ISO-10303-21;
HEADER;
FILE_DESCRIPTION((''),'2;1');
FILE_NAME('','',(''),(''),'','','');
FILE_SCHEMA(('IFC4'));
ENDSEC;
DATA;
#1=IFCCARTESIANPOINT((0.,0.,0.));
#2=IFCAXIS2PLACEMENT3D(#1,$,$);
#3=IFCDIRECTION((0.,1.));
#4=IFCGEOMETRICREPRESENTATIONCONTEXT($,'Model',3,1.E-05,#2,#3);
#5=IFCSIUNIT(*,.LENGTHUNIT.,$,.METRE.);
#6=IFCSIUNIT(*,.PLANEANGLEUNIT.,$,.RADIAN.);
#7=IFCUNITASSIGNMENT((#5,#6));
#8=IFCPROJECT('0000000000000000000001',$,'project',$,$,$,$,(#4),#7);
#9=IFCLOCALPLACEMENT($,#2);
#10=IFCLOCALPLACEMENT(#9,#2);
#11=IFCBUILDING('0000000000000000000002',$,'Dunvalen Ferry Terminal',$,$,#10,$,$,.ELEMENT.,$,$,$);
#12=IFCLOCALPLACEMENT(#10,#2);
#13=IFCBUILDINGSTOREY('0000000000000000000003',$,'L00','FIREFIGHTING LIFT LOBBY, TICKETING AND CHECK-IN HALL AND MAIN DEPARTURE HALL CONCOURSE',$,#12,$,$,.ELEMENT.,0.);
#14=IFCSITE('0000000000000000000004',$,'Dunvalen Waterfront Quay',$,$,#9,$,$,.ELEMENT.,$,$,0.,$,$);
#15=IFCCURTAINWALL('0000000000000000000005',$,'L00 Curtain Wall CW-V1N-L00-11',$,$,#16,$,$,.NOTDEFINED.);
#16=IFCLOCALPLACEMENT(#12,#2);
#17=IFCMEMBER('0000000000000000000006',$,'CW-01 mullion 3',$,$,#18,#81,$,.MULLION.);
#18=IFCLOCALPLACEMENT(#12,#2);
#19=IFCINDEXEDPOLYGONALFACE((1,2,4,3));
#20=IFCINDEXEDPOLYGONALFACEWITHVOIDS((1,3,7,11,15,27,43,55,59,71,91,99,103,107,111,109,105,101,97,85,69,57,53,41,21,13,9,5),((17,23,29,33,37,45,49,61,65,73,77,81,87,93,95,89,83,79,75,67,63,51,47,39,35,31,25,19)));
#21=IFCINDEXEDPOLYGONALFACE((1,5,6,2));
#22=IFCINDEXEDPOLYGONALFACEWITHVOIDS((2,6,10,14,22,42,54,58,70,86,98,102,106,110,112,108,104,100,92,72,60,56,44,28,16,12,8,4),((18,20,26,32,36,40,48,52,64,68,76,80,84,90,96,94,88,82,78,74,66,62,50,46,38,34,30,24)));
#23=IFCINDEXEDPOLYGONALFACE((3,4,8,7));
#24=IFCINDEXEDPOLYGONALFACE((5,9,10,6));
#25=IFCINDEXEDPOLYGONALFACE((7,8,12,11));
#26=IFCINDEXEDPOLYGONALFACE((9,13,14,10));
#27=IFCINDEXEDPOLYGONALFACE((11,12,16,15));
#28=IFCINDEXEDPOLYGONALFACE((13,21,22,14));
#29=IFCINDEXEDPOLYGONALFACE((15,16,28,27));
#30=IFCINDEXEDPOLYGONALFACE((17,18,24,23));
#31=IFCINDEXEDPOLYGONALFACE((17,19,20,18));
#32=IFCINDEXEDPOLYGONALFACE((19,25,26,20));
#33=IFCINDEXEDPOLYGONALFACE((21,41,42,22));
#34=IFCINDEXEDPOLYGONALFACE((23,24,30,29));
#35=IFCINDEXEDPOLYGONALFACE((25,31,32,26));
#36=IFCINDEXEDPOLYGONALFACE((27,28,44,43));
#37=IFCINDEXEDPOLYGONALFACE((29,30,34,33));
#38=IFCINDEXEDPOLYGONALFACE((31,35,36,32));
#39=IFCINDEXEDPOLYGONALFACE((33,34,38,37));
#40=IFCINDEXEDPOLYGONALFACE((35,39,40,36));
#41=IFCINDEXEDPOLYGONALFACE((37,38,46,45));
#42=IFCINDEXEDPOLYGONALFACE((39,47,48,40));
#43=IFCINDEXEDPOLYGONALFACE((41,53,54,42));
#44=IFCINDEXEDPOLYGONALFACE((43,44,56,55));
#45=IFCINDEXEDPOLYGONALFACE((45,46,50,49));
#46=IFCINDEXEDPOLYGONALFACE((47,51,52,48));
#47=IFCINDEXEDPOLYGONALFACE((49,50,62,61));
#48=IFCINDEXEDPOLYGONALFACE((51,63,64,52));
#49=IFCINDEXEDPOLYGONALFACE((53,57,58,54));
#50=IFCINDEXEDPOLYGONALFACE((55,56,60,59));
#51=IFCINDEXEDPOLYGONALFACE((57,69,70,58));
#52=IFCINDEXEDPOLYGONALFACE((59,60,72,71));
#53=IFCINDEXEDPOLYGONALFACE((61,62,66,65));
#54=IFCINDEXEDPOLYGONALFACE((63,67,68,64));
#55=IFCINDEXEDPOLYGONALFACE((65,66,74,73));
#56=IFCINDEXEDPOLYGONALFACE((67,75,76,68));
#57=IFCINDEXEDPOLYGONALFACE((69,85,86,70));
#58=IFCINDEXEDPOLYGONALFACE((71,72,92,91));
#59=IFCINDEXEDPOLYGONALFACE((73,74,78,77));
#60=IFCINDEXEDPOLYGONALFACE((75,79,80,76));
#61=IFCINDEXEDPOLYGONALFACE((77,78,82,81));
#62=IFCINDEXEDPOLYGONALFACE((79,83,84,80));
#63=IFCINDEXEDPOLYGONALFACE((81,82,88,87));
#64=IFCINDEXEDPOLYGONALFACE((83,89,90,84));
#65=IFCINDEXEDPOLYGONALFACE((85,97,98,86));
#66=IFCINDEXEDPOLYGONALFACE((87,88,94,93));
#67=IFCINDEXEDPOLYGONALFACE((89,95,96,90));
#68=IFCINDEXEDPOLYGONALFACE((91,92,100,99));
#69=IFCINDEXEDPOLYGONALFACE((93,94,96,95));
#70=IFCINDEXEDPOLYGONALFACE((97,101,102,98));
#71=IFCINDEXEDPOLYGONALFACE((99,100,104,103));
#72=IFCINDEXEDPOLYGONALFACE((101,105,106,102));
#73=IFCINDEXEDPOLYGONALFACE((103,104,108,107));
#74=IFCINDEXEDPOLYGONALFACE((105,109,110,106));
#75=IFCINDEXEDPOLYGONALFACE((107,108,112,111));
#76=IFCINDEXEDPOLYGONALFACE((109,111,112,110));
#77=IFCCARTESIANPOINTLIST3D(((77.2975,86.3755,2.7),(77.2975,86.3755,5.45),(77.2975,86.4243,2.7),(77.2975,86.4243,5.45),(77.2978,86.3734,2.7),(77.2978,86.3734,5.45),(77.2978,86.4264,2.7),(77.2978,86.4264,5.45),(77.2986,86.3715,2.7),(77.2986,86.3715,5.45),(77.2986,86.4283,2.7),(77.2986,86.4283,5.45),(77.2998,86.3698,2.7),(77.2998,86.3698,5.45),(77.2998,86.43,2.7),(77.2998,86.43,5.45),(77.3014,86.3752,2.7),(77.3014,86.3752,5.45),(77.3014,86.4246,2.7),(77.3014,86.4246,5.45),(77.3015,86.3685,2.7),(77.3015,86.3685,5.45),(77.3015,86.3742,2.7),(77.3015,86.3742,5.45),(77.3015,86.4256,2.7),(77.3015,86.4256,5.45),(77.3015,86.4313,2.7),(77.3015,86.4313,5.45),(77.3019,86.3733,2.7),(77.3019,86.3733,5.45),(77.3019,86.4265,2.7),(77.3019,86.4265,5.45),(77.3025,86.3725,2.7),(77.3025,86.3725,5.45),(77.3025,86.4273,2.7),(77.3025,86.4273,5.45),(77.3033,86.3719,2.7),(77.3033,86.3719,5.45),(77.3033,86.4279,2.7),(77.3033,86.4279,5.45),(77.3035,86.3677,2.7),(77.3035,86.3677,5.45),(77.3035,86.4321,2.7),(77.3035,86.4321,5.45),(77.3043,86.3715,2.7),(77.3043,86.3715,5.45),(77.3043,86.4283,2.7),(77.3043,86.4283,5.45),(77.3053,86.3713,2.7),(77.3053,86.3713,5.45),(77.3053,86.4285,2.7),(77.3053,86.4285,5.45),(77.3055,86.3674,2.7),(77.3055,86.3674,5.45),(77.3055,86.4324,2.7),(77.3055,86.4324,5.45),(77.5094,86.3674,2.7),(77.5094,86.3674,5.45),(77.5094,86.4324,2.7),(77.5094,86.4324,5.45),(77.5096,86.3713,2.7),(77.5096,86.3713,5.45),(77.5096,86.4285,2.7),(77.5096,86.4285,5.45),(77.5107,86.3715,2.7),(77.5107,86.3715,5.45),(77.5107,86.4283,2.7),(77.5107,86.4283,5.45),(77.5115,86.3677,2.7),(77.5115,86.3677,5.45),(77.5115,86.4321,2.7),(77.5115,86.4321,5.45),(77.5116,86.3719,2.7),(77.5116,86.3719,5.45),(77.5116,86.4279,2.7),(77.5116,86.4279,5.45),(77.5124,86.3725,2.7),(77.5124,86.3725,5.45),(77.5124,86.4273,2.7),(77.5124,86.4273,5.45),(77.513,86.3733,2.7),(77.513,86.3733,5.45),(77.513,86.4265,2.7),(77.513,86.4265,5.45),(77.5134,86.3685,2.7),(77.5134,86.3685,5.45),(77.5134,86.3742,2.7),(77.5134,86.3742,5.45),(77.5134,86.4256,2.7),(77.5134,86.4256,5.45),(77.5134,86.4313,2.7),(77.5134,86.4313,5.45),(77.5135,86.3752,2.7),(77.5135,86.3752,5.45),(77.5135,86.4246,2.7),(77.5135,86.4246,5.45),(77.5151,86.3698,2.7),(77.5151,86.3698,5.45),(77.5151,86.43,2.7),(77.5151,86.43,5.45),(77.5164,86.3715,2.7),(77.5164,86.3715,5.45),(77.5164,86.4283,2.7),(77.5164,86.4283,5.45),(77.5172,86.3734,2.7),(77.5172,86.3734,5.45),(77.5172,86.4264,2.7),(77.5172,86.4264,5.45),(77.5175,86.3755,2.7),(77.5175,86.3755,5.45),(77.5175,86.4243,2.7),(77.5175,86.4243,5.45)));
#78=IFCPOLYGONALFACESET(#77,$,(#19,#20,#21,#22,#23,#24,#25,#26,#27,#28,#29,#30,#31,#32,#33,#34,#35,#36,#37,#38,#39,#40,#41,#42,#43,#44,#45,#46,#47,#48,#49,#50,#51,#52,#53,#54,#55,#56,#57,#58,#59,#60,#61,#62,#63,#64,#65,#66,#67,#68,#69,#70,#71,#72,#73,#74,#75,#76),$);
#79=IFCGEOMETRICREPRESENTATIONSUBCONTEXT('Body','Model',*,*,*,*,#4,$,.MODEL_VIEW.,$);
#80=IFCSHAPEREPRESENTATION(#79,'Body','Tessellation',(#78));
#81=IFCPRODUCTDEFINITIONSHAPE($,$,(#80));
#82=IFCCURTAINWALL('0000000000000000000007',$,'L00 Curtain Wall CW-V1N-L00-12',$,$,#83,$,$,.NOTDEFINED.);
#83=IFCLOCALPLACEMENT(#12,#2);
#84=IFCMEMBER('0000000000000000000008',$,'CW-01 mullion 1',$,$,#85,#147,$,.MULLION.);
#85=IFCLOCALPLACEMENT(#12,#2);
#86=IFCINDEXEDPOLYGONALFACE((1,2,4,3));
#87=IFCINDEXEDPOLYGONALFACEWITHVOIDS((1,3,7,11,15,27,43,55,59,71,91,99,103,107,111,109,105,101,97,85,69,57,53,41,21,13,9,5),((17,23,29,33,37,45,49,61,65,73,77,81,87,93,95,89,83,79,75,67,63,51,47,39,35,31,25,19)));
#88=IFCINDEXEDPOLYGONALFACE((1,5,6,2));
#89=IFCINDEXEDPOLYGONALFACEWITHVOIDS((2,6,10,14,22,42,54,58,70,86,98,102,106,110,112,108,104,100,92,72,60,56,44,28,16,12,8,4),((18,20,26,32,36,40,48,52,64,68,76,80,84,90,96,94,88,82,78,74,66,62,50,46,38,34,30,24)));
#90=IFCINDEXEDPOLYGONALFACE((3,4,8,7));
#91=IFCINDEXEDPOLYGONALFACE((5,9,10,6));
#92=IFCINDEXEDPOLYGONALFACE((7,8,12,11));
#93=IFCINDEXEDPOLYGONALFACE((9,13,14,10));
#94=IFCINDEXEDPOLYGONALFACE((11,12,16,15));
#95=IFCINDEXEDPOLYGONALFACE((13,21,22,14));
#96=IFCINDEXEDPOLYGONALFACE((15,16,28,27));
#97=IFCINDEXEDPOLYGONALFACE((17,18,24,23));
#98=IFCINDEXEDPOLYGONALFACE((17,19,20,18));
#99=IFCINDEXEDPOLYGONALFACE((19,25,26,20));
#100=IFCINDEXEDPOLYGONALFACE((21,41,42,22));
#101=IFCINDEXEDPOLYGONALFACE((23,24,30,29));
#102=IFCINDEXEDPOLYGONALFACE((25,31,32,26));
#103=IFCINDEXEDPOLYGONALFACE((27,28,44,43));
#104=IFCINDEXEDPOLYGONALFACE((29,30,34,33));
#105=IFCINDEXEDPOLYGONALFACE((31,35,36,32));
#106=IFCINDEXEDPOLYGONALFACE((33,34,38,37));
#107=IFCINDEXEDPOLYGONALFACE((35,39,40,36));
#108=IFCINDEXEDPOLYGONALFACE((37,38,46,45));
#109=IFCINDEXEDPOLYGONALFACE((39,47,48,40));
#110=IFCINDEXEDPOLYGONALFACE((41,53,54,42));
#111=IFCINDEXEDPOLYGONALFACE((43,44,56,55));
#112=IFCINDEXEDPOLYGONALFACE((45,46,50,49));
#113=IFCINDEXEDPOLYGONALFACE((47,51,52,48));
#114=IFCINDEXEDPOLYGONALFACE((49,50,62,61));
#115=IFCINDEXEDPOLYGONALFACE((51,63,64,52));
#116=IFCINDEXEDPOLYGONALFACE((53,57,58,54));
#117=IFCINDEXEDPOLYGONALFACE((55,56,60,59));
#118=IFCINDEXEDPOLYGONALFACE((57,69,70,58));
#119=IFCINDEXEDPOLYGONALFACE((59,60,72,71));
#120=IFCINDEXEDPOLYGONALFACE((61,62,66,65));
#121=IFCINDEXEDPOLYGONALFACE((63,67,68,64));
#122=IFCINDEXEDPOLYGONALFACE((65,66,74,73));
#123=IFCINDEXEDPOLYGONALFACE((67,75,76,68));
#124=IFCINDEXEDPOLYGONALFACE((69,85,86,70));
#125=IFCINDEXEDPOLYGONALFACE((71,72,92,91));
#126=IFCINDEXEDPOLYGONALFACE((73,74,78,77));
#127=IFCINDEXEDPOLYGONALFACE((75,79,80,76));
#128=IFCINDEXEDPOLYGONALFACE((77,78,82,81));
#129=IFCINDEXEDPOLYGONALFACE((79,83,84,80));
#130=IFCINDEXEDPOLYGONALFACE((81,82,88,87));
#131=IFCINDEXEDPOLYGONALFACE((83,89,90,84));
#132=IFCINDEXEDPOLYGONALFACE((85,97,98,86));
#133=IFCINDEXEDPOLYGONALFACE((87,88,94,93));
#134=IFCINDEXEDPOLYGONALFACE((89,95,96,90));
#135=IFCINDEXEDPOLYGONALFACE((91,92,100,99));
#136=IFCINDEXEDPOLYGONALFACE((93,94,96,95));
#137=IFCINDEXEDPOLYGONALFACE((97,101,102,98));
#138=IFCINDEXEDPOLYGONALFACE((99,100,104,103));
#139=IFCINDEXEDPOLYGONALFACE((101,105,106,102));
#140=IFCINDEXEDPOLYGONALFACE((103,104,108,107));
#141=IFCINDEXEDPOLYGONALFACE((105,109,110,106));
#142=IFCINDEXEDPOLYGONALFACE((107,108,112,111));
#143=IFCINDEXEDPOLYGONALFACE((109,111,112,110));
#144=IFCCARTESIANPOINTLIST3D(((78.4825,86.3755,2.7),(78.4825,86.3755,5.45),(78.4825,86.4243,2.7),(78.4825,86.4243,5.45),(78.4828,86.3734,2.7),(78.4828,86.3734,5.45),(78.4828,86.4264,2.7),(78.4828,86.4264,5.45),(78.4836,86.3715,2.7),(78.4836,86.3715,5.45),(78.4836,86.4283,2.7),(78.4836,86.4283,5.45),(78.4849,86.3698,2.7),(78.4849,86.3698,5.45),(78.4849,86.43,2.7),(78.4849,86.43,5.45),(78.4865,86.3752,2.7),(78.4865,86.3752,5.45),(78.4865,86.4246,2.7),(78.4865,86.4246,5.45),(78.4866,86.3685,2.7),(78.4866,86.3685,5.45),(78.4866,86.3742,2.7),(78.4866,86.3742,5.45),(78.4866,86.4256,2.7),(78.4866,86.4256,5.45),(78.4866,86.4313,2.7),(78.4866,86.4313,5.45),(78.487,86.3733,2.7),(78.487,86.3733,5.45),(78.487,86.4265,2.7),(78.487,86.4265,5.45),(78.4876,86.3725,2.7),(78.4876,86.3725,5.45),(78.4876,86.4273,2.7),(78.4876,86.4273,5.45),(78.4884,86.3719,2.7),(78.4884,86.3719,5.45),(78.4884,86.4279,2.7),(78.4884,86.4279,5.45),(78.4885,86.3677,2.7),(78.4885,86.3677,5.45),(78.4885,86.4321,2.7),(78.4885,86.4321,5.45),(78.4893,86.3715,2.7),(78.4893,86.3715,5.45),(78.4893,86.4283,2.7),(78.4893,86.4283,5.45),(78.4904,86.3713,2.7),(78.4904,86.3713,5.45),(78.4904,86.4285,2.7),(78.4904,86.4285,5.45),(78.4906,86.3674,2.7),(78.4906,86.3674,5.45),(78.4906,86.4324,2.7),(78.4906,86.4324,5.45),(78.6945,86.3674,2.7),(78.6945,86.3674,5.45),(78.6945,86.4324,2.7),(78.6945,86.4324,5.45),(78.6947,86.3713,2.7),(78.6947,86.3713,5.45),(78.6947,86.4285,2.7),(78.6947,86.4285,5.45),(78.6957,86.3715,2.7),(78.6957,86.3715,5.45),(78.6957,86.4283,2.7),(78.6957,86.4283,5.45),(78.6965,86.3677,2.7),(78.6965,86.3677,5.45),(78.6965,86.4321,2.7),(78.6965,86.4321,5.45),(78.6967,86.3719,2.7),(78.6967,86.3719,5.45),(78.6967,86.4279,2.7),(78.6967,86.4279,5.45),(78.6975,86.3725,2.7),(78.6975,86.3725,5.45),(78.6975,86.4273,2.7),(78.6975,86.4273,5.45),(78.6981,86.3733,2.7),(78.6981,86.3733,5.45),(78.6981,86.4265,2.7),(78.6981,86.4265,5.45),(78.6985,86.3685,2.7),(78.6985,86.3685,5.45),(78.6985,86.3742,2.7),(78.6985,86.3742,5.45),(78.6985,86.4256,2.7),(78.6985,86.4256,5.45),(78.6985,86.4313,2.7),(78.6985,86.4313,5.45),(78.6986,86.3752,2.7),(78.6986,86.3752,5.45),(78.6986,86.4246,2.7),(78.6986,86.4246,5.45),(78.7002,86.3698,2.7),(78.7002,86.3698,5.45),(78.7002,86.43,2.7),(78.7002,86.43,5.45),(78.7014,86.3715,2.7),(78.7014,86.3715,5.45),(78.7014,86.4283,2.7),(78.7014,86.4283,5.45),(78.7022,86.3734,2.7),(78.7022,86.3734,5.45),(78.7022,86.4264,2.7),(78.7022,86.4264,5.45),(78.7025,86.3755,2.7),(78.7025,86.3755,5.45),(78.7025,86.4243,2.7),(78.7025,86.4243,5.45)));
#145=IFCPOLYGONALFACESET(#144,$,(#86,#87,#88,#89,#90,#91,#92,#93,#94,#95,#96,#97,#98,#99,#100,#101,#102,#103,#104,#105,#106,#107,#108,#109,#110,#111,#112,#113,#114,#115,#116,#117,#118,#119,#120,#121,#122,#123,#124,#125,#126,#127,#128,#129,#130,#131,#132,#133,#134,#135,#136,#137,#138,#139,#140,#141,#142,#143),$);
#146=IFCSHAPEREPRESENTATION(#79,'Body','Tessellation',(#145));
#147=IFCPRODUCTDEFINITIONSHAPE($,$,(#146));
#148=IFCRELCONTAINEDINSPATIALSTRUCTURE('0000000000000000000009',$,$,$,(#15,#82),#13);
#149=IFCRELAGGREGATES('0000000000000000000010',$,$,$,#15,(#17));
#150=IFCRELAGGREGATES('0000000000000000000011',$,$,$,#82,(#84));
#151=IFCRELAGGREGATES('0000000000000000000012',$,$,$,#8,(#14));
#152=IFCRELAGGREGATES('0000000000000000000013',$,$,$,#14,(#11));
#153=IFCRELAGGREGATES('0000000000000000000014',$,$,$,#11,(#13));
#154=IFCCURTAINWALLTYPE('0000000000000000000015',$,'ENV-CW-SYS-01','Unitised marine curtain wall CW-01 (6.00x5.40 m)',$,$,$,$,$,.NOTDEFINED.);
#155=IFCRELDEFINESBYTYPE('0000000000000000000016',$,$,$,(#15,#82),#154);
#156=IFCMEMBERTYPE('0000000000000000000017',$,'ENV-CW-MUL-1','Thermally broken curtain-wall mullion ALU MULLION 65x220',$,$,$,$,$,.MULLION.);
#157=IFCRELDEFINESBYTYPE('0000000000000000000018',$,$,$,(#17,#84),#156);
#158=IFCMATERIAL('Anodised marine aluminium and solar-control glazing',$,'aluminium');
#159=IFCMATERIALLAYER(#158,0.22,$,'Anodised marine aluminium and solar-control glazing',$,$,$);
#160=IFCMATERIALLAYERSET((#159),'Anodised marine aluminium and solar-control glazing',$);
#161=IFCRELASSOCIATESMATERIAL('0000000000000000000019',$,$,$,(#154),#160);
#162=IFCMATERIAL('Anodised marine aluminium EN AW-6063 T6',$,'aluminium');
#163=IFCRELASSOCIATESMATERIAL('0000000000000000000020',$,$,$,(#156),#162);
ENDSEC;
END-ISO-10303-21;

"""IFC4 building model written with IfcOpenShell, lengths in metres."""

from ifc_helpers import new_model, si_unit, direction, frame, origin, origin_2d, place, context, subcontext, project, spatial, hollow_rectangle, extrude, material, layer, layer_set, material_profile, profile_set, type_object, element, aggregate, save


model = new_model("IFC4")

# Units and contexts
model_context = context("Model", 3, precision=1e-05, world=origin(), true_north=direction((0.0, 1.0)))
body_context = subcontext(model_context, "Body", "Model", "MODEL_VIEW")
ifc_project = project(units=[si_unit("LENGTHUNIT", "METRE"), si_unit("PLANEANGLEUNIT", "RADIAN")], contexts=[model_context])

# Site, building, storey
site_placement = place(None, origin())
site = spatial("IfcSite", under=ifc_project, at=site_placement, Name="Dunvalen Waterfront Quay", CompositionType="ELEMENT", RefElevation=0.0)
building_placement = place(site_placement, origin())
building = spatial("IfcBuilding", under=site, at=building_placement, Name="Dunvalen Ferry Terminal", CompositionType="ELEMENT")
storey_placement = place(building_placement, origin())
storey = spatial("IfcBuildingStorey", under=building, at=storey_placement, Name="L00", Description="FIREFIGHTING LIFT LOBBY, TICKETING AND CHECK-IN HALL AND MAIN DEPARTURE HALL CONCOURSE", CompositionType="ELEMENT", Elevation=0.0)

# Curtain walls, members
ifc_material_1 = material(Name="Anodised marine aluminium and solar-control glazing", Category="aluminium")
ifc_layer_1 = layer(ifc_material_1, 0.22, Name="Anodised marine aluminium and solar-control glazing")
ifc_layer_set_1 = layer_set([ifc_layer_1], Name="Anodised marine aluminium and solar-control glazing")
curtain_wall_type = type_object("IfcCurtainWallType", Name="ENV-CW-SYS-01", Description="Unitised marine curtain wall CW-01 (6.00x5.40 m)", PredefinedType="NOTDEFINED", material=ifc_layer_set_1)
curtain_wall_1_placement = place(storey_placement, origin())
curtain_wall_1 = element("IfcCurtainWall", 1, at=curtain_wall_1_placement, inside=storey, type_object=curtain_wall_type, Name="L00 Curtain Wall CW-V1N-L00-11", PredefinedType="NOTDEFINED")
ifc_material_2 = material(Name="Anodised marine aluminium EN AW-6063 T6", Category="aluminium")
ifc_material_profile_1 = material_profile(ifc_material_2, hollow_rectangle(XDim=0.0649, YDim=0.22, WallThickness=0.0039, InnerFilletRadius=0.0039, OuterFilletRadius=0.0081, at=origin_2d()), Name="Anodised marine aluminium EN AW-6063 T6")
ifc_profile_set_1 = profile_set([ifc_material_profile_1], Name="Anodised marine aluminium EN AW-6063 T6")
member_type_1 = type_object("IfcMemberType", Name="ENV-CW-MUL-1", Description="Thermally broken curtain-wall mullion ALU MULLION 65x220", PredefinedType="MULLION", material=ifc_profile_set_1)
member_1_placement = place(storey_placement, frame((77.4075, 86.3999, 2.7), z_axis=(0.0, 0.0, 1.0), x_axis=(0.0, 1.0, 0.0)))
member_1 = element("IfcMember", 2, at=member_1_placement, type_object=member_type_1, Name="CW-01 mullion 3", PredefinedType="MULLION", context=body_context, shape_type="SweptSolid", body=[
    extrude(hollow_rectangle(XDim=0.0649, YDim=0.22, WallThickness=0.0039, InnerFilletRadius=0.0039, OuterFilletRadius=0.0081, at=origin_2d()), origin(), (0.0, 0.0, 1.0), 2.75),
])
curtain_wall_2_placement = place(storey_placement, origin())
curtain_wall_2 = element("IfcCurtainWall", 3, at=curtain_wall_2_placement, inside=storey, type_object=curtain_wall_type, Name="L00 Curtain Wall CW-V1N-L00-12", PredefinedType="NOTDEFINED")
member_2_placement = place(storey_placement, frame((78.5925, 86.3999, 2.7), z_axis=(0.0, 0.0, 1.0), x_axis=(0.0, 1.0, 0.0)))
member_2 = element("IfcMember", 4, at=member_2_placement, type_object=member_type_1, Name="CW-01 mullion 1", PredefinedType="MULLION", context=body_context, shape_type="SweptSolid", body=[
    extrude(hollow_rectangle(XDim=0.0649, YDim=0.22, WallThickness=0.0039, InnerFilletRadius=0.0039, OuterFilletRadius=0.0081, at=origin_2d()), origin(), (0.0, 0.0, 1.0), 2.75),
])

aggregate(curtain_wall_1, [member_1])
aggregate(curtain_wall_2, [member_2])

save(model, "model.ifc")
